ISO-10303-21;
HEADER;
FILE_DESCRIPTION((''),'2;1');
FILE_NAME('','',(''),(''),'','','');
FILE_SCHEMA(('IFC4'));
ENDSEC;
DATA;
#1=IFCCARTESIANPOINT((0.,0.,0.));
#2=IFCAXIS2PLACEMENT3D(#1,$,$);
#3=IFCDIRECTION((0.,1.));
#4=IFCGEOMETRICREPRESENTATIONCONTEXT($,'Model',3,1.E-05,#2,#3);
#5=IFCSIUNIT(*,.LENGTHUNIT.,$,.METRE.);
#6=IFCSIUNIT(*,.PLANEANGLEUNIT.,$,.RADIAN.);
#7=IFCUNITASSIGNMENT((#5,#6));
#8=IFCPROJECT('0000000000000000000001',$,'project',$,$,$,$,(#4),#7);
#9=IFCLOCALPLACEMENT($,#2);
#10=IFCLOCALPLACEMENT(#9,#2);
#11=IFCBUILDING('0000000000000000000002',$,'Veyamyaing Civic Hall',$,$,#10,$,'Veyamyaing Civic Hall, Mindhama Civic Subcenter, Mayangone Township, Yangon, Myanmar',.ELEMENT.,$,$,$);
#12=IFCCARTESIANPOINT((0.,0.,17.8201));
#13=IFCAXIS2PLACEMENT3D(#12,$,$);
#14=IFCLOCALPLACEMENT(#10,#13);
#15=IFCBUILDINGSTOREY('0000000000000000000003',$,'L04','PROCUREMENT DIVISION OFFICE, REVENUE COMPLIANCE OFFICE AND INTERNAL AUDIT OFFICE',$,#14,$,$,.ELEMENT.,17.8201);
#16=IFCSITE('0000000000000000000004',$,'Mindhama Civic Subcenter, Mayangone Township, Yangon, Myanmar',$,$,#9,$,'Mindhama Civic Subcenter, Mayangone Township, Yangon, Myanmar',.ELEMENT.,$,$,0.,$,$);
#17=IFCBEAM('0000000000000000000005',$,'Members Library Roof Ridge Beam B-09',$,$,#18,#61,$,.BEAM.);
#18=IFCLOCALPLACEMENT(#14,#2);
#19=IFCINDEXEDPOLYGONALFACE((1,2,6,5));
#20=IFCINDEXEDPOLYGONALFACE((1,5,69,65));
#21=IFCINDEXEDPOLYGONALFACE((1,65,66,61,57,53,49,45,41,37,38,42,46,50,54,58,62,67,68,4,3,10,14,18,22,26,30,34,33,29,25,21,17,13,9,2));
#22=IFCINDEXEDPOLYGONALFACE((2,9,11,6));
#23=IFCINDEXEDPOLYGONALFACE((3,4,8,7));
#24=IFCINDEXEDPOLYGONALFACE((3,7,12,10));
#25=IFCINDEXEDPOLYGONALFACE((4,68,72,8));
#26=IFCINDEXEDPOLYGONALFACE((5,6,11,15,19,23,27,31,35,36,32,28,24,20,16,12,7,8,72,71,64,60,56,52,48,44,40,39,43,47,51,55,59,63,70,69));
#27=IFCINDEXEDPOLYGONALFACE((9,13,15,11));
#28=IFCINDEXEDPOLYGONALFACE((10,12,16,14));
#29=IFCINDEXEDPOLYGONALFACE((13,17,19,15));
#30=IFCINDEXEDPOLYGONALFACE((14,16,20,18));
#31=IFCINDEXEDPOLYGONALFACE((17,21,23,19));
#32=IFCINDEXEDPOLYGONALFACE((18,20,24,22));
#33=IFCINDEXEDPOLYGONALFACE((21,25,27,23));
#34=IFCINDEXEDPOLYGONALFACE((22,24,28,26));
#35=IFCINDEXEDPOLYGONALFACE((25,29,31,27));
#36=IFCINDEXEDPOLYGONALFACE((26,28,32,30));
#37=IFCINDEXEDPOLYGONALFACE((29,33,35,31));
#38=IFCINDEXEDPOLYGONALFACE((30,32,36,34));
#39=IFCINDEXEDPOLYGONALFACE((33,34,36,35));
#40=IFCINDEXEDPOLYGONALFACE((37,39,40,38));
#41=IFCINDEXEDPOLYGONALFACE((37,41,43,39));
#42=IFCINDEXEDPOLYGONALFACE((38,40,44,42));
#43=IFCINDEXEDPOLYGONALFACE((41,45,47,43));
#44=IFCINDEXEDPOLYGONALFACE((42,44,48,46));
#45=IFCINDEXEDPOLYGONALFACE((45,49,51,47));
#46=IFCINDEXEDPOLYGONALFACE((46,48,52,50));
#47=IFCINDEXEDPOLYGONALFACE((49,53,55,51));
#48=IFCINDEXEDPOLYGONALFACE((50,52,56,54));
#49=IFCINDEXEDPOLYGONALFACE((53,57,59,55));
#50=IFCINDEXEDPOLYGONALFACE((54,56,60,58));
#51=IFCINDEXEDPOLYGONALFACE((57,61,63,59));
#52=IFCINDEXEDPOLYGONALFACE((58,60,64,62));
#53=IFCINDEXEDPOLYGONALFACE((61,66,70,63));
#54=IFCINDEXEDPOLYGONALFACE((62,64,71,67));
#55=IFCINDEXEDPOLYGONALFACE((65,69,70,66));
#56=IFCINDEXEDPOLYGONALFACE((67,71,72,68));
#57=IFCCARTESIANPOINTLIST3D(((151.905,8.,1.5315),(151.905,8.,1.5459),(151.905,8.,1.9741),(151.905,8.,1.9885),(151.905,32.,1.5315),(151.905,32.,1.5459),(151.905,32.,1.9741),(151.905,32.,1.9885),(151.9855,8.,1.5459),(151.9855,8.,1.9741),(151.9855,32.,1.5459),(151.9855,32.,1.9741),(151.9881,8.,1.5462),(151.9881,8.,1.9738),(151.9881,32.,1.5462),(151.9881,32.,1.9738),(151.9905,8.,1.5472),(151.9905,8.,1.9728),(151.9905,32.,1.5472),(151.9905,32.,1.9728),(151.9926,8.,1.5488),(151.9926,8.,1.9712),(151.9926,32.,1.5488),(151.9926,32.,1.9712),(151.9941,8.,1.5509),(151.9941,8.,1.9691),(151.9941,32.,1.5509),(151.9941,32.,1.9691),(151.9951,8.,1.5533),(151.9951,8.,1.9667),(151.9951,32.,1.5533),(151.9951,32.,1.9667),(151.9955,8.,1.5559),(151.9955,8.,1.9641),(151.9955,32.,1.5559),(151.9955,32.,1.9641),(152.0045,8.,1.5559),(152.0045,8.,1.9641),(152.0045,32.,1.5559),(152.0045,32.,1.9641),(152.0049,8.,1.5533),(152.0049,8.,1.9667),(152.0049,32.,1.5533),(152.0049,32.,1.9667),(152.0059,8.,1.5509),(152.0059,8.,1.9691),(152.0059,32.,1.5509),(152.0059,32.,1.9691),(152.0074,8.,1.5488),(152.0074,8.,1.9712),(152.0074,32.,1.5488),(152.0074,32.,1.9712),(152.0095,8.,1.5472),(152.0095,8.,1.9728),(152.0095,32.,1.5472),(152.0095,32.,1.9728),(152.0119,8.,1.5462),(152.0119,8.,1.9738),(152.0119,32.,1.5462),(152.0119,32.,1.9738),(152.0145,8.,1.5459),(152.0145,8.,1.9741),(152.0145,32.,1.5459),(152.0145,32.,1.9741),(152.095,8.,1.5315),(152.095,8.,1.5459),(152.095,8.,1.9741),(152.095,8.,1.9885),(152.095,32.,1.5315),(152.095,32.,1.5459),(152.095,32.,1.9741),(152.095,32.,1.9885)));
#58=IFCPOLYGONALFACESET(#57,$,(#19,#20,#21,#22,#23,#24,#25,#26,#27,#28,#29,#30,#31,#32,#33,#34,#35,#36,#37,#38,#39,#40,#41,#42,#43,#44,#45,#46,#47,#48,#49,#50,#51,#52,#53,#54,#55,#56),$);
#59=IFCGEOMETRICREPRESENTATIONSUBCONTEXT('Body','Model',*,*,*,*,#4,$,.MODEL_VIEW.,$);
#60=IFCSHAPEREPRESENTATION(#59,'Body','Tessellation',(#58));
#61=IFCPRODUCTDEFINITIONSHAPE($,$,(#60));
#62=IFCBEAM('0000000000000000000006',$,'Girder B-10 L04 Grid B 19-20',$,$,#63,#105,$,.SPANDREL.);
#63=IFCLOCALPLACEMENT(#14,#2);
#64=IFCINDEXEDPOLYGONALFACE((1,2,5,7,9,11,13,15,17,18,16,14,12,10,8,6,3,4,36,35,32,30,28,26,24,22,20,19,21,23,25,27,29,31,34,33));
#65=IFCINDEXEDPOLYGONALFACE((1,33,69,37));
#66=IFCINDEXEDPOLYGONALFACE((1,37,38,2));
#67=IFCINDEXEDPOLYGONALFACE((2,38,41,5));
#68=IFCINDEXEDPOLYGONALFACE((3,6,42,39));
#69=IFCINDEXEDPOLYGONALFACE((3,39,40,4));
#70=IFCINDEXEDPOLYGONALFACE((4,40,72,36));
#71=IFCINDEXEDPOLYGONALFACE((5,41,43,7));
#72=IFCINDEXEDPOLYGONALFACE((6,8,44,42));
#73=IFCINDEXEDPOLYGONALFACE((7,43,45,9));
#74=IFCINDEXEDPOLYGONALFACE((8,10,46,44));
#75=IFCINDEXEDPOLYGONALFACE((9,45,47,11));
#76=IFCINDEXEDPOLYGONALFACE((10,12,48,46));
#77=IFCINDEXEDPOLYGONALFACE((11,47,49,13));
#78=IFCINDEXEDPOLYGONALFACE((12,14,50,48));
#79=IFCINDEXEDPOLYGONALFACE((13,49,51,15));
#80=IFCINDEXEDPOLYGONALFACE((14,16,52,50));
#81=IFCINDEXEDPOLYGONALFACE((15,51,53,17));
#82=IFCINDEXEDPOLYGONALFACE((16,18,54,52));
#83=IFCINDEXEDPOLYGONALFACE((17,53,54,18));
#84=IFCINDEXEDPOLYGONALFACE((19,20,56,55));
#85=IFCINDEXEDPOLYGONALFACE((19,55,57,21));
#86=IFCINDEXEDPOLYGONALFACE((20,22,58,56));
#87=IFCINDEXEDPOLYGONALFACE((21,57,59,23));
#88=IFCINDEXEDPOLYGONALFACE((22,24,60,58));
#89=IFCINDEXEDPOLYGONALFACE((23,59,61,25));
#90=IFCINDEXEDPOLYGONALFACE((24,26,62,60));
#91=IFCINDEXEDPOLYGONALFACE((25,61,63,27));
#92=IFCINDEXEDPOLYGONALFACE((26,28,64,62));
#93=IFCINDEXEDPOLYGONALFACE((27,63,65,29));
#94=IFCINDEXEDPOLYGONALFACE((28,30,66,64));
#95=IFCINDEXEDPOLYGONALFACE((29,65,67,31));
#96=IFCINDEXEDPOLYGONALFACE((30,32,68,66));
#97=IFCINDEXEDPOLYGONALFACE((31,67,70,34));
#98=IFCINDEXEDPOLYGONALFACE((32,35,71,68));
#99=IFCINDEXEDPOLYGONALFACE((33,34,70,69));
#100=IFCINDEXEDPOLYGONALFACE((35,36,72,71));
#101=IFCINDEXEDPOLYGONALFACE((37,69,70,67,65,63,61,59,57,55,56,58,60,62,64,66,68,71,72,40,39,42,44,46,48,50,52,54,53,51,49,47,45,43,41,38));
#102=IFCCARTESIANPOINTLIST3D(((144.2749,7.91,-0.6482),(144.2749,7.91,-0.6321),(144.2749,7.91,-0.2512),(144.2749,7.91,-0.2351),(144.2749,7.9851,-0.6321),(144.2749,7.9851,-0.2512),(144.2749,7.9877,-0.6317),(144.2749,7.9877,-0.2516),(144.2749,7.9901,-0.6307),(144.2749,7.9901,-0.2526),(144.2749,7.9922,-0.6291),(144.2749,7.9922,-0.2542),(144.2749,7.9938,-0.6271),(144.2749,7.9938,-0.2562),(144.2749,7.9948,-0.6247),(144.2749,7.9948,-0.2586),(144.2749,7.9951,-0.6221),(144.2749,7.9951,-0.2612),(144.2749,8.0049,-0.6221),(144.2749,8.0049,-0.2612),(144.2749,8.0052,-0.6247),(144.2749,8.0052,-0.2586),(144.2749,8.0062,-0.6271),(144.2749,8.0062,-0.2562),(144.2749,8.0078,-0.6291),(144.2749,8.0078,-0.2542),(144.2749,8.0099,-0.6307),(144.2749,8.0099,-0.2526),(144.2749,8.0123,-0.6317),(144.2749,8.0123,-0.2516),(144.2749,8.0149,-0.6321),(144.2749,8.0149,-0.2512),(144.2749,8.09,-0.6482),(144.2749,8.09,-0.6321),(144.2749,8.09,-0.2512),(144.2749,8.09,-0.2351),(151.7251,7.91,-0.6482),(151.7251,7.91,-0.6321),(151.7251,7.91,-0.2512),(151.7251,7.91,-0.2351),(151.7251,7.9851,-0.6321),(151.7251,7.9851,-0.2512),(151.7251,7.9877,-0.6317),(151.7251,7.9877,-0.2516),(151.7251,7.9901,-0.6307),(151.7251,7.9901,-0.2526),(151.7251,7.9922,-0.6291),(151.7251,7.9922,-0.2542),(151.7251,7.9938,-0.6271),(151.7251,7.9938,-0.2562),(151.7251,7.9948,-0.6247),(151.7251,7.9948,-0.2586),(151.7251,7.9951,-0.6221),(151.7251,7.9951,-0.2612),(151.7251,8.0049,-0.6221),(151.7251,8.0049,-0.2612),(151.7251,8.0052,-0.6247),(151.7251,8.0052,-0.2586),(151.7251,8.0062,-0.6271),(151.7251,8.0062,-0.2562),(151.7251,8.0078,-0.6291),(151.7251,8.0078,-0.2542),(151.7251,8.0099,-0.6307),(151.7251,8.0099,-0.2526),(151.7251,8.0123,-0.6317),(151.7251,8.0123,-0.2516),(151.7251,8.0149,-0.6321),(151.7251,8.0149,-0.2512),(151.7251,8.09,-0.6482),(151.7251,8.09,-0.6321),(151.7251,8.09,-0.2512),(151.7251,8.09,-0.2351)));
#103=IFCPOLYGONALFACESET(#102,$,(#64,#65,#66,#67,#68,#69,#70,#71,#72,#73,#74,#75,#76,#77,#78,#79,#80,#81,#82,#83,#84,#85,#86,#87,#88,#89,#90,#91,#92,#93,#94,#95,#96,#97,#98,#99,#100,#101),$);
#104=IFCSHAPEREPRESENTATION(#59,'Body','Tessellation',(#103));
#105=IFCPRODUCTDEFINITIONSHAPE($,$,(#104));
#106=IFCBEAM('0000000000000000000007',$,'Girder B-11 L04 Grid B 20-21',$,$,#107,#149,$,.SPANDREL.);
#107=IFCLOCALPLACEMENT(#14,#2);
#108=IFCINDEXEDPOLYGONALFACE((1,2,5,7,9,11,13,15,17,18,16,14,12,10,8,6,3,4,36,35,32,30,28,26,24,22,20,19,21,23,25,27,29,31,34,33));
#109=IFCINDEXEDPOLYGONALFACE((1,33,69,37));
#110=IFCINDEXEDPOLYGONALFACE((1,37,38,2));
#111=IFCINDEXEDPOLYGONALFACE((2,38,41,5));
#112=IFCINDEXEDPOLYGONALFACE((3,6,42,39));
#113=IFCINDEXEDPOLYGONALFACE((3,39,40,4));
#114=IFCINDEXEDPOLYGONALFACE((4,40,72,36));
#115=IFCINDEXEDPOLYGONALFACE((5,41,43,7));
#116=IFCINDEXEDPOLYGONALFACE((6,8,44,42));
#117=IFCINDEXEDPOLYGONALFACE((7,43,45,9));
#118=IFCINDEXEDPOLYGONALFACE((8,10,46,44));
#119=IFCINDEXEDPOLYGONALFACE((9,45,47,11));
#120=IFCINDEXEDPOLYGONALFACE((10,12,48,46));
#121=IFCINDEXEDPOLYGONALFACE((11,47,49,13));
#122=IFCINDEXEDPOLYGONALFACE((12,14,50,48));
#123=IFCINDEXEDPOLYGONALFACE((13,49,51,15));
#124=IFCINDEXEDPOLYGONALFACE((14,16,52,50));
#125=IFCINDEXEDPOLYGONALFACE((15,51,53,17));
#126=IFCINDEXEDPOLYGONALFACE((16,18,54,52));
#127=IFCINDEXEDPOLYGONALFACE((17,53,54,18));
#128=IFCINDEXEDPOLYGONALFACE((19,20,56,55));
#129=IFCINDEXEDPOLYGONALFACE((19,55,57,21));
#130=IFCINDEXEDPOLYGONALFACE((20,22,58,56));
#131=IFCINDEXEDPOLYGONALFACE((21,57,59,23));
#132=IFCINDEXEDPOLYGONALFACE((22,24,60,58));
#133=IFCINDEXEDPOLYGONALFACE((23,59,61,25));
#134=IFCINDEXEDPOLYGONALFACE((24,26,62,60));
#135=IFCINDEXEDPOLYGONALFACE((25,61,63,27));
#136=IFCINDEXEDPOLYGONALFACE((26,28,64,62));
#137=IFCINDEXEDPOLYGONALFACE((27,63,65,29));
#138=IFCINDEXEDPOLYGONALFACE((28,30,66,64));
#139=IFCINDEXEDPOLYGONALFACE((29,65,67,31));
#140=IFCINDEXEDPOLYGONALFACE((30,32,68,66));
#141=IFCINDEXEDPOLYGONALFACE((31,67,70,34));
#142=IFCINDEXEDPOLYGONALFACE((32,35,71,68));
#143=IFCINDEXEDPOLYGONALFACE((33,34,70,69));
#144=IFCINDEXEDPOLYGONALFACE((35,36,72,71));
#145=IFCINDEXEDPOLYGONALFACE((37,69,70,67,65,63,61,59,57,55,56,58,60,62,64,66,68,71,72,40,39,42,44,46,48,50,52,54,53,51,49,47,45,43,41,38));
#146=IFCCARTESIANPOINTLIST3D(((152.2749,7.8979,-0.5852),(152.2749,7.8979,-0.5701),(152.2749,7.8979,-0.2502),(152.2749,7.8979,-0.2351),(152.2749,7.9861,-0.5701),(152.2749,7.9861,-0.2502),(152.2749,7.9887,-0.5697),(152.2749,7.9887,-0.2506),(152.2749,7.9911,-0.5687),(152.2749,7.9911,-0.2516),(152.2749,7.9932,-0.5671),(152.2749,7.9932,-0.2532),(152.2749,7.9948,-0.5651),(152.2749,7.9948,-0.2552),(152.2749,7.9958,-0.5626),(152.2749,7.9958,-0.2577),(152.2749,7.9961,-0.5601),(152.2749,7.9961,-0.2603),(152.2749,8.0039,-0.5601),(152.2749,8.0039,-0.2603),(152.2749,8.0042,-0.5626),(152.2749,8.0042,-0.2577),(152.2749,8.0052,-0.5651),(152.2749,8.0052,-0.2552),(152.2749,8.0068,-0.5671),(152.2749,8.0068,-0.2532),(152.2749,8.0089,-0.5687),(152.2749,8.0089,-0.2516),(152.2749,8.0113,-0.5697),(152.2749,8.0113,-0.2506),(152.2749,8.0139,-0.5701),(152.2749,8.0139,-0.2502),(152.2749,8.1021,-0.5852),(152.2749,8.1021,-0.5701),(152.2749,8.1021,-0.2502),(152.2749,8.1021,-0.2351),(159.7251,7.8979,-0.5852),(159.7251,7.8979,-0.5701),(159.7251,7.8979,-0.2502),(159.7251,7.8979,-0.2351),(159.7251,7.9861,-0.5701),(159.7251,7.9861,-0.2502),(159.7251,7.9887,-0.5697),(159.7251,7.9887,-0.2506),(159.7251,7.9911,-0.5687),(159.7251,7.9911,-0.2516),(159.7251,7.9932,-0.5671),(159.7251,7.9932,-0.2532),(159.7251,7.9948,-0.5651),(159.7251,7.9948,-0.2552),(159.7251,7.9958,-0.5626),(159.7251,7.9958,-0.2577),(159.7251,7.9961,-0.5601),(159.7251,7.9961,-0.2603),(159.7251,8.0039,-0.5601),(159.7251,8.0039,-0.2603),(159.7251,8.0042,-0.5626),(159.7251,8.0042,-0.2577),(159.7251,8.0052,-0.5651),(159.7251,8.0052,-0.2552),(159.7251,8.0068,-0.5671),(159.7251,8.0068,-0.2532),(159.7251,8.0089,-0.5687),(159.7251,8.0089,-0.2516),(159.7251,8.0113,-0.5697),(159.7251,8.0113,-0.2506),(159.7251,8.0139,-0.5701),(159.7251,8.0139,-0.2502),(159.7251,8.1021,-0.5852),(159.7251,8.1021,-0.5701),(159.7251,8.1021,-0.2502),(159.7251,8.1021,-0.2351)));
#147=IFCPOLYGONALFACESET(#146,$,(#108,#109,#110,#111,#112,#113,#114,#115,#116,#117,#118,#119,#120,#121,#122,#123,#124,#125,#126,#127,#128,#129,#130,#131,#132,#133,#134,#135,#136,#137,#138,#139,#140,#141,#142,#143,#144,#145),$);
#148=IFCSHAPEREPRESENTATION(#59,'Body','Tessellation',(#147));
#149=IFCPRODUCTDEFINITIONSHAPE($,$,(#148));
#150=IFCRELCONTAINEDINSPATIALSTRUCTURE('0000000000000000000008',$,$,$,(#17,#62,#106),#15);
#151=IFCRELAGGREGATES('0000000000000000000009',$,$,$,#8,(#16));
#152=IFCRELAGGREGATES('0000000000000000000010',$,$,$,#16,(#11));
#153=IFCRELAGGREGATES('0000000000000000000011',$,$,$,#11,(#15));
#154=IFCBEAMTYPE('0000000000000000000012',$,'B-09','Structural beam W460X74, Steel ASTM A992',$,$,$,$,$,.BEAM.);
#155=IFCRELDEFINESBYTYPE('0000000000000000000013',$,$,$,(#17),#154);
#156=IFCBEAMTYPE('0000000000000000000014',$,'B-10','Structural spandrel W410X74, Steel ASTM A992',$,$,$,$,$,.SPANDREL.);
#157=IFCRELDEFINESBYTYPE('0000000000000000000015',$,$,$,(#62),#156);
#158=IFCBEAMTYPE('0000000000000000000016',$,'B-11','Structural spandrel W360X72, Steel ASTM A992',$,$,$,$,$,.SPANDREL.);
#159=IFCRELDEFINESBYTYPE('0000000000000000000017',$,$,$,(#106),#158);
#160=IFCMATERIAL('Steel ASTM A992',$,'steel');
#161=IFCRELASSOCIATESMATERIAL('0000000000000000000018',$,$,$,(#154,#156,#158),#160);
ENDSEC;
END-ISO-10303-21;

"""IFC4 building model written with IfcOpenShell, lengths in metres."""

from ifc_helpers import new_model, si_unit, direction, frame, origin, origin_2d, place, context, subcontext, project, spatial, i_section, extrude, material, material_profile, profile_set, type_object, element, save


model = new_model("IFC4")

# Units and contexts
model_context = context("Model", 3, precision=1e-05, world=origin(), true_north=direction((0.0, 1.0)))
body_context = subcontext(model_context, "Body", "Model", "MODEL_VIEW")
ifc_project = project(units=[si_unit("LENGTHUNIT", "METRE"), si_unit("PLANEANGLEUNIT", "RADIAN")], contexts=[model_context])

# Site, building, storey
site_placement = place(None, origin())
site = spatial("IfcSite", under=ifc_project, at=site_placement, Name="Mindhama Civic Subcenter, Mayangone Township, Yangon, Myanmar", LongName="Mindhama Civic Subcenter, Mayangone Township, Yangon, Myanmar", CompositionType="ELEMENT", RefElevation=0.0)
building_placement = place(site_placement, origin())
building = spatial("IfcBuilding", under=site, at=building_placement, Name="Veyamyaing Civic Hall", LongName="Veyamyaing Civic Hall, Mindhama Civic Subcenter, Mayangone Township, Yangon, Myanmar", CompositionType="ELEMENT")
storey_placement = place(building_placement, frame((0.0, 0.0, 17.8201)))
storey = spatial("IfcBuildingStorey", under=building, at=storey_placement, Name="L04", Description="PROCUREMENT DIVISION OFFICE, REVENUE COMPLIANCE OFFICE AND INTERNAL AUDIT OFFICE", CompositionType="ELEMENT", Elevation=17.8201)

# Beams
ifc_material_1 = material(Name="Steel ASTM A992", Category="steel")
ifc_material_profile_1 = material_profile(ifc_material_1, i_section(OverallWidth=0.1899, OverallDepth=0.457, WebThickness=0.009, FlangeThickness=0.0144, FilletRadius=0.01, at=origin_2d()), Name="W460X74")
ifc_profile_set_1 = profile_set([ifc_material_profile_1], Name="Steel ASTM A992")
beam_type_1 = type_object("IfcBeamType", Name="B-09", Description="Structural beam W460X74, Steel ASTM A992", PredefinedType="BEAM", material=ifc_profile_set_1)
beam_1_placement = place(storey_placement, frame((152.0, 8.0, 1.76), z_axis=(0.0, 1.0, 0.0), x_axis=(-1.0, 0.0, 0.0)))
element("IfcBeam", 1, at=beam_1_placement, inside=storey, type_object=beam_type_1, Name="Members Library Roof Ridge Beam B-09", PredefinedType="BEAM", context=body_context, shape_type="SweptSolid", body=[
    extrude(i_section(OverallWidth=0.1899, OverallDepth=0.457, WebThickness=0.009, FlangeThickness=0.0144, FilletRadius=0.01, at=origin_2d()), origin(), (0.0, 0.0, 1.0), 24.0),
])
ifc_material_profile_2 = material_profile(ifc_material_1, i_section(OverallWidth=0.1799, OverallDepth=0.4131, WebThickness=0.0098, FlangeThickness=0.0161, FilletRadius=0.01, at=origin_2d()), Name="W410X74")
ifc_profile_set_2 = profile_set([ifc_material_profile_2], Name="Steel ASTM A992")
beam_type_2 = type_object("IfcBeamType", Name="B-10", Description="Structural spandrel W410X74, Steel ASTM A992", PredefinedType="SPANDREL", material=ifc_profile_set_2)
beam_2_placement = place(storey_placement, frame((144.2749, 8.0, -0.4417), z_axis=(1.0, 0.0, 0.0), x_axis=(0.0, 1.0, 0.0)))
element("IfcBeam", 2, at=beam_2_placement, inside=storey, type_object=beam_type_2, Name="Girder B-10 L04 Grid B 19-20", PredefinedType="SPANDREL", context=body_context, shape_type="SweptSolid", body=[
    extrude(i_section(OverallWidth=0.1799, OverallDepth=0.4131, WebThickness=0.0098, FlangeThickness=0.0161, FilletRadius=0.01, at=origin_2d()), origin(), (0.0, 0.0, 1.0), 7.4502),
])
ifc_material_profile_3 = material_profile(ifc_material_1, i_section(OverallWidth=0.2041, OverallDepth=0.3501, WebThickness=0.0078, FlangeThickness=0.0151, FilletRadius=0.01, at=origin_2d()), Name="W360X72")
ifc_profile_set_3 = profile_set([ifc_material_profile_3], Name="Steel ASTM A992")
beam_type_3 = type_object("IfcBeamType", Name="B-11", Description="Structural spandrel W360X72, Steel ASTM A992", PredefinedType="SPANDREL", material=ifc_profile_set_3)
beam_3_placement = place(storey_placement, frame((152.2749, 8.0, -0.4102), z_axis=(1.0, 0.0, 0.0), x_axis=(0.0, 1.0, 0.0)))
element("IfcBeam", 3, at=beam_3_placement, inside=storey, type_object=beam_type_3, Name="Girder B-11 L04 Grid B 20-21", PredefinedType="SPANDREL", context=body_context, shape_type="SweptSolid", body=[
    extrude(i_section(OverallWidth=0.2041, OverallDepth=0.3501, WebThickness=0.0078, FlangeThickness=0.0151, FilletRadius=0.01, at=origin_2d()), origin(), (0.0, 0.0, 1.0), 7.4502),
])

save(model, "model.ifc")
